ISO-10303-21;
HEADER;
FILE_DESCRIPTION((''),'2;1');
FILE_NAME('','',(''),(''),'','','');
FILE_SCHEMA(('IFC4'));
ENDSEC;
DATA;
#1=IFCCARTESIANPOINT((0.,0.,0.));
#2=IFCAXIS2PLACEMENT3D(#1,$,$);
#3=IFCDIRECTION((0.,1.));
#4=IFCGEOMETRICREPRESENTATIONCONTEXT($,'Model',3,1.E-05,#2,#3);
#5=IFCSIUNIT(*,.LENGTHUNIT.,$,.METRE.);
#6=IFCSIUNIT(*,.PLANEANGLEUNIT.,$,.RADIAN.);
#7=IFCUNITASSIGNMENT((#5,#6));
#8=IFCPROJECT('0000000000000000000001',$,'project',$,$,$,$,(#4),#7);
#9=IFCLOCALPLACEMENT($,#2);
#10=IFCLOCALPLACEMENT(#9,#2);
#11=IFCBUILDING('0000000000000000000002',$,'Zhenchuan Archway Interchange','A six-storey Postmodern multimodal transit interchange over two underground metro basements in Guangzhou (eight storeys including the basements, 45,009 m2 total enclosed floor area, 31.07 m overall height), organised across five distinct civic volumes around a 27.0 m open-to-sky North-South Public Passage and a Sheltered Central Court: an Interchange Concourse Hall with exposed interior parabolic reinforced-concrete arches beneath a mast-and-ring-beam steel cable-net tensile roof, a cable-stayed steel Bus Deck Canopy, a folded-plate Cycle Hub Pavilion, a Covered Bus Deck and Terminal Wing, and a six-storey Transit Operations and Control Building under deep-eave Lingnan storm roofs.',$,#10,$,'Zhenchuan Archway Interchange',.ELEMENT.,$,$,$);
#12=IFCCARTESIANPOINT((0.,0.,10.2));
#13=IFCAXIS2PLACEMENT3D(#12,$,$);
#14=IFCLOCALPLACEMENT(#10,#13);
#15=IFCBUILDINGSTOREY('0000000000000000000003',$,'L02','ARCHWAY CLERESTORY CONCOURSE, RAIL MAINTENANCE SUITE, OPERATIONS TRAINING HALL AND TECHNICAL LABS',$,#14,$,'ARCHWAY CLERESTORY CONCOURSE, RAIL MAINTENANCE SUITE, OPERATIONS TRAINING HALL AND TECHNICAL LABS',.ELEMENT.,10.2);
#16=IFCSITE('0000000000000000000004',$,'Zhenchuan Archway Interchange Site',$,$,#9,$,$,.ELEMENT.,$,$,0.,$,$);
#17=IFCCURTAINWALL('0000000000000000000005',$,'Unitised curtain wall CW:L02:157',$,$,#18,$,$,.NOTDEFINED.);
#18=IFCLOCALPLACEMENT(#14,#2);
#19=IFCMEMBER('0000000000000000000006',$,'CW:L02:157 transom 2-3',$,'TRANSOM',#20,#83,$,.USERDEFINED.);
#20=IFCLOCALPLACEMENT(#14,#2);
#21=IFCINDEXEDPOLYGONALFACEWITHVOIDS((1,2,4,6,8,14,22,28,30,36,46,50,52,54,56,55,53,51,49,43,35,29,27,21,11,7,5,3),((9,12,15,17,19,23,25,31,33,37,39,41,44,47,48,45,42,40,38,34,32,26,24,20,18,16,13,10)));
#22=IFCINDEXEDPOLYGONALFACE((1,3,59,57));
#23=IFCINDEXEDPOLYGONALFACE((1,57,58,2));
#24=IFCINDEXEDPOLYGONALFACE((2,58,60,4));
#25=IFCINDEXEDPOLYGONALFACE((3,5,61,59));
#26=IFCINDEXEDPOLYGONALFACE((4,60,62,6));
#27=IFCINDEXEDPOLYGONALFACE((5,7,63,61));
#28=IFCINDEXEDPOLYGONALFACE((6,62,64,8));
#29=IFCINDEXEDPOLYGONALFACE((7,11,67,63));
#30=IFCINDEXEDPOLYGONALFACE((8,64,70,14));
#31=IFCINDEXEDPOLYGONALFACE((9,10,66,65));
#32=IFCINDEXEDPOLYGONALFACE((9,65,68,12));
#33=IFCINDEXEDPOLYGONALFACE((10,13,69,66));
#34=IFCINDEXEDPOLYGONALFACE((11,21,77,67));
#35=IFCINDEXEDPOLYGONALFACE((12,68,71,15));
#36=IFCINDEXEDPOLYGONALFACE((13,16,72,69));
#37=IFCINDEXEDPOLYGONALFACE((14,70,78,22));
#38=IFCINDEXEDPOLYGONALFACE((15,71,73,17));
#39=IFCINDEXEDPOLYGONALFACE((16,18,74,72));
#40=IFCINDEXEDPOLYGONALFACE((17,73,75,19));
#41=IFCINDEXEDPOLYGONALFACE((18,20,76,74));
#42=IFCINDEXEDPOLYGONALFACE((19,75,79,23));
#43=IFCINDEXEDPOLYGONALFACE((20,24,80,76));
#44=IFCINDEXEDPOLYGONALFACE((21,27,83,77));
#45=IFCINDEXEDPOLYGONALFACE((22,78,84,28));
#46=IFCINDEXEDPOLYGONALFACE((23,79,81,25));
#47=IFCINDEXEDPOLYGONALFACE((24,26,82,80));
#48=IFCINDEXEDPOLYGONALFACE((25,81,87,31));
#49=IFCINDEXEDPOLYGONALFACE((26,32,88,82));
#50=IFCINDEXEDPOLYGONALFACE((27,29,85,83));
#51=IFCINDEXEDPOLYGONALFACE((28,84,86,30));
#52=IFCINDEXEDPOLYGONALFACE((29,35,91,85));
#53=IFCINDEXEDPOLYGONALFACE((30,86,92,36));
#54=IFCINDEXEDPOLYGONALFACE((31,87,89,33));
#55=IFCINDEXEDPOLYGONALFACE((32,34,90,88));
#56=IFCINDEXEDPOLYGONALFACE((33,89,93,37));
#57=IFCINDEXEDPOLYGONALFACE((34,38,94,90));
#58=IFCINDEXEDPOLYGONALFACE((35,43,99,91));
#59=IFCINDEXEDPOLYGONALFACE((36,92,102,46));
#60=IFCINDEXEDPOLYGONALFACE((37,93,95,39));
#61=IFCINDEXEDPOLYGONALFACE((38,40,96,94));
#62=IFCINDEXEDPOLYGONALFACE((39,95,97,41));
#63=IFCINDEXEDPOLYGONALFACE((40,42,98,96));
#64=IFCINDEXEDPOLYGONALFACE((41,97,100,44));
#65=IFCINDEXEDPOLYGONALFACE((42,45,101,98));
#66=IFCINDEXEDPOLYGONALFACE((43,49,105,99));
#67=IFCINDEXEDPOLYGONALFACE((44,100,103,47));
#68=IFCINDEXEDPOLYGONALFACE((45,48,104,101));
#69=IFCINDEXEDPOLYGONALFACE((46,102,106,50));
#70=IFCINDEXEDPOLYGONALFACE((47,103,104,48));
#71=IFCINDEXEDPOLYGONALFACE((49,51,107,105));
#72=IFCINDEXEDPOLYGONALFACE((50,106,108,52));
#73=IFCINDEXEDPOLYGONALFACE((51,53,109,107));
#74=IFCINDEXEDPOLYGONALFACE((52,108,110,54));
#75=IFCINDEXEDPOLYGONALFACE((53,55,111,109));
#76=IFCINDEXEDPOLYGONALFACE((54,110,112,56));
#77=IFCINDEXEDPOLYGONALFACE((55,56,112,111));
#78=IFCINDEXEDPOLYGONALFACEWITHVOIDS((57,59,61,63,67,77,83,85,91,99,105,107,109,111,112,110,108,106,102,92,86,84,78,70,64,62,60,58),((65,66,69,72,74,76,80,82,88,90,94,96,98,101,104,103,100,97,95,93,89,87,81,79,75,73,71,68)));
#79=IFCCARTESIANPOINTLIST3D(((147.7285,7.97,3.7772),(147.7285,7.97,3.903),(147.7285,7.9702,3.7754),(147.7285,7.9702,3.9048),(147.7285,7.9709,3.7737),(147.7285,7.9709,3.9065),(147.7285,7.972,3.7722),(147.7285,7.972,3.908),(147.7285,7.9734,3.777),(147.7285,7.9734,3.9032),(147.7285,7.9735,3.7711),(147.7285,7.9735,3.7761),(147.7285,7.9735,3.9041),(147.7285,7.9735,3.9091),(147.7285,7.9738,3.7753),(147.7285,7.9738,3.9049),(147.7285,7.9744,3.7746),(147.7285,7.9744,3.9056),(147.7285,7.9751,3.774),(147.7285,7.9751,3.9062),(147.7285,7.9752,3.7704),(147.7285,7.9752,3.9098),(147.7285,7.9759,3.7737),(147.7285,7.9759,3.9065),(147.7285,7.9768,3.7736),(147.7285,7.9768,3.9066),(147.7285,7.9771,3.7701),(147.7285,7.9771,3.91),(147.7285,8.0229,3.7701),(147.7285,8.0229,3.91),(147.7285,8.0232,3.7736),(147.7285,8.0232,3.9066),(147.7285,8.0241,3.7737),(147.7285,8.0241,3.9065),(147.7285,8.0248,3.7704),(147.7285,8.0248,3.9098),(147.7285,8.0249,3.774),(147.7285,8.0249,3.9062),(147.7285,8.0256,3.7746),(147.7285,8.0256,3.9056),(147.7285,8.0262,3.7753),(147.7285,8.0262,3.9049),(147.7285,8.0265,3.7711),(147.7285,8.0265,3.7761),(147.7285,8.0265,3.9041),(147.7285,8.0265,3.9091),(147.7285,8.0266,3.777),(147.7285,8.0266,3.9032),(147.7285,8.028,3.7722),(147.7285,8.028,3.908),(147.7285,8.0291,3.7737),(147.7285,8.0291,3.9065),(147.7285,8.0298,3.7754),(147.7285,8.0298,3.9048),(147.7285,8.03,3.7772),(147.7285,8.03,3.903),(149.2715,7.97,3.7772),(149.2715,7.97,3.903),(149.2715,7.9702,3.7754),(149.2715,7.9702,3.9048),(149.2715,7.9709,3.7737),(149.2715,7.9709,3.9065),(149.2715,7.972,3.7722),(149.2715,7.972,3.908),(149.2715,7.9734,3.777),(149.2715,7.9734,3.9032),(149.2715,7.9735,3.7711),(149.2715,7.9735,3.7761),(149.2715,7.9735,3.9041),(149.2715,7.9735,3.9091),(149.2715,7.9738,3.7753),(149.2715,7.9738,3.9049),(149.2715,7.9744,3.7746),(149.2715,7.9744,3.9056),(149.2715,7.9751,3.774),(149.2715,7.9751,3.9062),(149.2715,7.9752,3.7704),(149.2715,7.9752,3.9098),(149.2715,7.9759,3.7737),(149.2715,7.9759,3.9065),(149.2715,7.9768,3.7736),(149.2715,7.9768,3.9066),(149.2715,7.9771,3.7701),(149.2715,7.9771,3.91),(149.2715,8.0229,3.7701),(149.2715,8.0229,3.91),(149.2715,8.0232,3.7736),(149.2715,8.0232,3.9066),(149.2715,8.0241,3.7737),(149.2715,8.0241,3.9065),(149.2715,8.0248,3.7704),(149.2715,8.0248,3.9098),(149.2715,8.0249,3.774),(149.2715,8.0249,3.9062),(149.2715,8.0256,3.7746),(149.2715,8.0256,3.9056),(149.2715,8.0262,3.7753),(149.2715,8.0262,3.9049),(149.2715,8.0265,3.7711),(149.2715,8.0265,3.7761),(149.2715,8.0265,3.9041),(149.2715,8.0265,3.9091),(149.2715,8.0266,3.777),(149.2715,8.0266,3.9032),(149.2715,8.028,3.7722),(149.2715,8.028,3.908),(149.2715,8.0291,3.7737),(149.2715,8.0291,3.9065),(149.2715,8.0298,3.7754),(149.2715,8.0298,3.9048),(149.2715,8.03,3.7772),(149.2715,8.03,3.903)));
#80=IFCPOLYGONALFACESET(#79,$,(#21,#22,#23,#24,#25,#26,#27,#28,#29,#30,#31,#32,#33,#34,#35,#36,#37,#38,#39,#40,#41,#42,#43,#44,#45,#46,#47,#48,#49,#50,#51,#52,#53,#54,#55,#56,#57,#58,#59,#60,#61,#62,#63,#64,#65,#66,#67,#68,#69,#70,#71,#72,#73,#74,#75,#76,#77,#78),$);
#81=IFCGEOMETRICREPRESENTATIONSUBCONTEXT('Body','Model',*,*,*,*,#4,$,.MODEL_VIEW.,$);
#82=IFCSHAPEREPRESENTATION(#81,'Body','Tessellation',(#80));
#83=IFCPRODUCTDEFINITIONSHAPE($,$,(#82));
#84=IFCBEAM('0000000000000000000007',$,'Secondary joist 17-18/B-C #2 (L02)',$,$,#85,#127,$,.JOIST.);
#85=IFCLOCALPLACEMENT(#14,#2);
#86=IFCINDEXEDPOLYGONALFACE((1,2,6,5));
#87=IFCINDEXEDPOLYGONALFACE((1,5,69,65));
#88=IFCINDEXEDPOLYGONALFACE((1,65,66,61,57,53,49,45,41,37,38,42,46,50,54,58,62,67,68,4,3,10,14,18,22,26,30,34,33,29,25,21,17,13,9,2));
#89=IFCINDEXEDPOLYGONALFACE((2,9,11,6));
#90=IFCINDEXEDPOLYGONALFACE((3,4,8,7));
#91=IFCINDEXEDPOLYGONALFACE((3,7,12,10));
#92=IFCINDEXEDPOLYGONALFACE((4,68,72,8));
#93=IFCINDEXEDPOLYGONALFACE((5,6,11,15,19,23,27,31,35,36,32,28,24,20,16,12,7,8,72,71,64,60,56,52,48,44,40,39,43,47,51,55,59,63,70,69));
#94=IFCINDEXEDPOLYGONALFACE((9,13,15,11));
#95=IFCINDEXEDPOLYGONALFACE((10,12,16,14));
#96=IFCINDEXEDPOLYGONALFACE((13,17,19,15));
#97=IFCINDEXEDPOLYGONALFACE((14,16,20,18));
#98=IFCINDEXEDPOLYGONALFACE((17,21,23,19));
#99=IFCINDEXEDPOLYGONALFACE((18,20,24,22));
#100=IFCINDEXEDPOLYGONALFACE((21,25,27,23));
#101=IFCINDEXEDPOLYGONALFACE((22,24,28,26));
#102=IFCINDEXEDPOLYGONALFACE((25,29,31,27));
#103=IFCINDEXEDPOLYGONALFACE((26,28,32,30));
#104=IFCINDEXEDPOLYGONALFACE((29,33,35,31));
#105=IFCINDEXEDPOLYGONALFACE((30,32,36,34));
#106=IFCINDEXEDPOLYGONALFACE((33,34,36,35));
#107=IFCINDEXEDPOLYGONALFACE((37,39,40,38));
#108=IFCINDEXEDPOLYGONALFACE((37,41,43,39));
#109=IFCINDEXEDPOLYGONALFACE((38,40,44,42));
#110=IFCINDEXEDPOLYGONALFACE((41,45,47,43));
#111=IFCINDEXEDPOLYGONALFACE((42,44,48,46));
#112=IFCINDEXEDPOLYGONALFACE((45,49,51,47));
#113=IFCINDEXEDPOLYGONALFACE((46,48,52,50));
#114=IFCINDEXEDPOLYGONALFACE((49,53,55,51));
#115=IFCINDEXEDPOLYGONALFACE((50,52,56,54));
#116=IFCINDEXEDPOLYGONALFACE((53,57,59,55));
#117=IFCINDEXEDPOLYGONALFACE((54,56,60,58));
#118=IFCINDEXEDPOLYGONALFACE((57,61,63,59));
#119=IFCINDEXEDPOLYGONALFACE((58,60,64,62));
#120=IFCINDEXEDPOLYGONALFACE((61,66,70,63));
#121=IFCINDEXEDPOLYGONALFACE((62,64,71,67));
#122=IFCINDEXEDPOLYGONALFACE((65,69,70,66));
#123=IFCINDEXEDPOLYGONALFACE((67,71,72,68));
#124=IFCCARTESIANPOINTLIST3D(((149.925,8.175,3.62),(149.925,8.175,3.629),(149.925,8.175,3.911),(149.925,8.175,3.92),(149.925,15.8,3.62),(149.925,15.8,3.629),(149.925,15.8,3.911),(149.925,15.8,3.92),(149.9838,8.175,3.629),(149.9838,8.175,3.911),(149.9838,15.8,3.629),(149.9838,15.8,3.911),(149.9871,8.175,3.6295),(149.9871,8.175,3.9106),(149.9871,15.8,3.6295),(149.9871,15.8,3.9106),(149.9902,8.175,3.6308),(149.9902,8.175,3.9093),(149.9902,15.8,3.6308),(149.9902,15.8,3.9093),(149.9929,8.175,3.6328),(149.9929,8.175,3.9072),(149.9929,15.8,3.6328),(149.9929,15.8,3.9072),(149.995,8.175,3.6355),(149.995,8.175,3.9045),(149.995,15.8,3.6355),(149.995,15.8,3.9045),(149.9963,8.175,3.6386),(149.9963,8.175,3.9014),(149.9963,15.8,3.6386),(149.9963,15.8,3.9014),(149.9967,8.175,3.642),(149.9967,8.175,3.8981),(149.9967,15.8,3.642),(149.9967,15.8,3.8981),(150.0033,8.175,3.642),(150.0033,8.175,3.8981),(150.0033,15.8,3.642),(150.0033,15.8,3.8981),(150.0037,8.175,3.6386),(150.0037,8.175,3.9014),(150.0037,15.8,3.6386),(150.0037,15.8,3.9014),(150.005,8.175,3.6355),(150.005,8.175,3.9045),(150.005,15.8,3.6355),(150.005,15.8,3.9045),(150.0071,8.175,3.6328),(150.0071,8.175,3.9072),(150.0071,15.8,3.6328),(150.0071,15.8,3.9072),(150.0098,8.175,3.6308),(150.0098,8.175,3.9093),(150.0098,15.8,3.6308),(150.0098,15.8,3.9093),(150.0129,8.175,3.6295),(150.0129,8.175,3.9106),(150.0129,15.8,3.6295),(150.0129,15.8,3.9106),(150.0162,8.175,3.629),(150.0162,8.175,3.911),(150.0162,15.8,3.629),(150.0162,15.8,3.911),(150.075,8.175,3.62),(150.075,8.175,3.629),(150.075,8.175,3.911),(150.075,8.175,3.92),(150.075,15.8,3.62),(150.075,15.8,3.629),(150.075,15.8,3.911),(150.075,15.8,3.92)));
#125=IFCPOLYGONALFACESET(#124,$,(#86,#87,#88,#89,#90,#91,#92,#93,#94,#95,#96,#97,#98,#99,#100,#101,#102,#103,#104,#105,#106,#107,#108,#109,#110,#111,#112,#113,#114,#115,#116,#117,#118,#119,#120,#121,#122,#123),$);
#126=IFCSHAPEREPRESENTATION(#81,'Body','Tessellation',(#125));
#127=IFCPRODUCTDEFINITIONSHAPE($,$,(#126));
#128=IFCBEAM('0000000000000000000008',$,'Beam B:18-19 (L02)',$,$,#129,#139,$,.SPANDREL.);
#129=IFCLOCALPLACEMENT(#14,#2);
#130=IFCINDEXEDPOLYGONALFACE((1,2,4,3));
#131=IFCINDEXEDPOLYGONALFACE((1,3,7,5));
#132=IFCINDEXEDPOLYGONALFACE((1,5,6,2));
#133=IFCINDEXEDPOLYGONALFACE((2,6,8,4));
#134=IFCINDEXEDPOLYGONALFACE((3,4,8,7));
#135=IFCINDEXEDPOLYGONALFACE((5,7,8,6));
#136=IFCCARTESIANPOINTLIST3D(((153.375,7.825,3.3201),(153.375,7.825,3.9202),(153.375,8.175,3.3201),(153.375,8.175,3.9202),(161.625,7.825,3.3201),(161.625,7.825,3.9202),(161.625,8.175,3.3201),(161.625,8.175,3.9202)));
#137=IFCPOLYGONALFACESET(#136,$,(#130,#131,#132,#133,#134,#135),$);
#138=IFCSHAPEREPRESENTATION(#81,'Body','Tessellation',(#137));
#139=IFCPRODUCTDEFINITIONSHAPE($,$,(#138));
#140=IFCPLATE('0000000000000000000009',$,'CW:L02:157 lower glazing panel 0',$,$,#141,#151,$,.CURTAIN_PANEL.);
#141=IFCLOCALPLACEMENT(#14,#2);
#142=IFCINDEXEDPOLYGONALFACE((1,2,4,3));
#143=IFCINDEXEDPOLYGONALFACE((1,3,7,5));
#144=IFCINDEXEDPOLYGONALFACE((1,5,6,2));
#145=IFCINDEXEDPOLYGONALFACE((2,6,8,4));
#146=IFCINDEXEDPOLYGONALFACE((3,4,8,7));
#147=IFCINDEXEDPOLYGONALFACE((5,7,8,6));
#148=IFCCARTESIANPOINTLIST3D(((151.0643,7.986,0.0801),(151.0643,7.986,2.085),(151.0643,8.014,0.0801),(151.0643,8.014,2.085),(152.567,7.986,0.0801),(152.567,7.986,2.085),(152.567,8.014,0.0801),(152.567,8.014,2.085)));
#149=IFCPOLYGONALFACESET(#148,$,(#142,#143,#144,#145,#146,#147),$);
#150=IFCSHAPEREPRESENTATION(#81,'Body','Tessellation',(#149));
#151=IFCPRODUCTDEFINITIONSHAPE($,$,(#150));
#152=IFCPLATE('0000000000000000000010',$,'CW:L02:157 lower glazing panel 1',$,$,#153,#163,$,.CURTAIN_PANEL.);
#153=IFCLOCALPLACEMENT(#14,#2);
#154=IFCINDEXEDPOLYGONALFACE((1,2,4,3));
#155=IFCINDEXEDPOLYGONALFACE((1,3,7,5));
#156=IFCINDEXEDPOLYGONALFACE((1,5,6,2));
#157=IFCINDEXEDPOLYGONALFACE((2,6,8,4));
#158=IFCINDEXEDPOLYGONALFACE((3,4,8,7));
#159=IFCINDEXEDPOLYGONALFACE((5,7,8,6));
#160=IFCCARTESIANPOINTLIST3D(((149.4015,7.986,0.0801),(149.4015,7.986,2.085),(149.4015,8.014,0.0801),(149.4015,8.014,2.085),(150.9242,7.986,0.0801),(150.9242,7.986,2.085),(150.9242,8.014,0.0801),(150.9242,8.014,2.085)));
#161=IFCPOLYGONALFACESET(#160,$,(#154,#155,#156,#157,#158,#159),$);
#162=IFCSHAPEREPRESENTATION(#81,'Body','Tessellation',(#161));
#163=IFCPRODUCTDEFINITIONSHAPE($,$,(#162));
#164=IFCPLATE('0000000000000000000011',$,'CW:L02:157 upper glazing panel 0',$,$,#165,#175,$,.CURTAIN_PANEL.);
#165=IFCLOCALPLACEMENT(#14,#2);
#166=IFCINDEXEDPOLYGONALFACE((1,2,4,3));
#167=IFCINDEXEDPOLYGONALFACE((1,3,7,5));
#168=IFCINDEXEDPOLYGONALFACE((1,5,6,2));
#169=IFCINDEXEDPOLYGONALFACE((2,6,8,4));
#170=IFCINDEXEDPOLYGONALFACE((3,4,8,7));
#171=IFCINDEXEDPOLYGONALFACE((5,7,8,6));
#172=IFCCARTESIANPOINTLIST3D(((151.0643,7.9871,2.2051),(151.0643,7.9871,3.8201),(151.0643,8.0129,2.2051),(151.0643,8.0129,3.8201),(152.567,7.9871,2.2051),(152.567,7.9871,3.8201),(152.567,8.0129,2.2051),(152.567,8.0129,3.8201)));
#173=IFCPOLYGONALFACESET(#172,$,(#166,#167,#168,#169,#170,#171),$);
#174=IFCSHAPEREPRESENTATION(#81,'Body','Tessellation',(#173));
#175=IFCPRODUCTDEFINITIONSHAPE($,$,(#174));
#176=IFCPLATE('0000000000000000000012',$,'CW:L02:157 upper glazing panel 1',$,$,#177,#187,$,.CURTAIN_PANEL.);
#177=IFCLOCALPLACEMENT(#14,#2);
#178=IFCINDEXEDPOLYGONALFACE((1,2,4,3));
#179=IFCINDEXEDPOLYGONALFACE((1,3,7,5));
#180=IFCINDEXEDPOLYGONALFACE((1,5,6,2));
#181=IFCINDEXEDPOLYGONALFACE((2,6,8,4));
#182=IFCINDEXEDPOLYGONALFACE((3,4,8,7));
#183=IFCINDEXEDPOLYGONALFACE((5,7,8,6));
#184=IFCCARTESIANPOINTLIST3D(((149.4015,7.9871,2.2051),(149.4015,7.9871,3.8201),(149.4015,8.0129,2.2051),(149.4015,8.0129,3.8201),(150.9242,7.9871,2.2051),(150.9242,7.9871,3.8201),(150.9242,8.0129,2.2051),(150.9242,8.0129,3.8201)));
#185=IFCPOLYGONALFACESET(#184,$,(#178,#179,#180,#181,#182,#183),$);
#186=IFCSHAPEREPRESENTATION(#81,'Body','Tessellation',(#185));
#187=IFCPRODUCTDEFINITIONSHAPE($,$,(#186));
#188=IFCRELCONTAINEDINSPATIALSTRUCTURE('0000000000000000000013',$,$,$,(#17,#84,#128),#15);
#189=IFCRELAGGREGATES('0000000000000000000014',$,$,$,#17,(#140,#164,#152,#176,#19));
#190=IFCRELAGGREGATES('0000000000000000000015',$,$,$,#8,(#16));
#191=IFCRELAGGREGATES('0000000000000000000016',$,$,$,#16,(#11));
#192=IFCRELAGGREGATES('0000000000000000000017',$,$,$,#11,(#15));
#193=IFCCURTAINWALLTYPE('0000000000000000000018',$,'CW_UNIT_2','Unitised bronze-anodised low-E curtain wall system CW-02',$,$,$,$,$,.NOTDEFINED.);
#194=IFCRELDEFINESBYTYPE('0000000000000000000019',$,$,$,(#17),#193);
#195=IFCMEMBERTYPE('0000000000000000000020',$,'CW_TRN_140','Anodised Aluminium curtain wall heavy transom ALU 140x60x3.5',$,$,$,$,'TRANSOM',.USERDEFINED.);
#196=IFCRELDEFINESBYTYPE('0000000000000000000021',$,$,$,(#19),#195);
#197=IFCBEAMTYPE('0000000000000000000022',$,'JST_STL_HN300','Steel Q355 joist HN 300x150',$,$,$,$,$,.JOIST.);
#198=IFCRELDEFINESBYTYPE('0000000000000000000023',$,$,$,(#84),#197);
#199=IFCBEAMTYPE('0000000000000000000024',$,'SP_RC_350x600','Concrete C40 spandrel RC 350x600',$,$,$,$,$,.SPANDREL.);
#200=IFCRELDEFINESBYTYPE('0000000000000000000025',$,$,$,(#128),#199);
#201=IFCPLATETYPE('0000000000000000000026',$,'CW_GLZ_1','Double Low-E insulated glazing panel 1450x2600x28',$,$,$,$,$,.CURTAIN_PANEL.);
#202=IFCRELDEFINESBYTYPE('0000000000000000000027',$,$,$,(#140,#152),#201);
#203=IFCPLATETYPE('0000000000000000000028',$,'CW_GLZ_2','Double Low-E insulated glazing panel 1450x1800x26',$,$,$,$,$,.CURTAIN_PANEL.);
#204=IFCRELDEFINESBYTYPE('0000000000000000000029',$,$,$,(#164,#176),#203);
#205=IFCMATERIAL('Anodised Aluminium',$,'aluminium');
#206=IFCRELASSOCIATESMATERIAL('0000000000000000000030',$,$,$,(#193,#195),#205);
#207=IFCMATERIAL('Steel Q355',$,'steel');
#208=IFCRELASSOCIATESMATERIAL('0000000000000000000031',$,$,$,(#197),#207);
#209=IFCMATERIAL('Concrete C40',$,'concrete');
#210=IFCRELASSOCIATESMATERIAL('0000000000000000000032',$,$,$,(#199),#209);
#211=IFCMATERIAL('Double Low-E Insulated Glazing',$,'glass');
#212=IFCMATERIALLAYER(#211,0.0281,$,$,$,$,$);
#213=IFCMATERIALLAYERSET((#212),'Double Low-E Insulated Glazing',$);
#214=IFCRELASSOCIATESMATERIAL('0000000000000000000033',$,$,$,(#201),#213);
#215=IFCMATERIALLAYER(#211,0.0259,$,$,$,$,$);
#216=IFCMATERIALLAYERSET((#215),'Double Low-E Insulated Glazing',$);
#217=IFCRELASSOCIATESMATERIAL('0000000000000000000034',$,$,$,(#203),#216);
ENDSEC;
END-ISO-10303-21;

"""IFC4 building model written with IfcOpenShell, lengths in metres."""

from ifc_helpers import new_model, si_unit, direction, frame, origin, origin_2d, place, context, subcontext, project, spatial, rectangle, hollow_rectangle, i_section, extrude, material, layer, layer_set, material_profile, profile_set, type_object, element, aggregate, save


model = new_model("IFC4")

# Units and contexts
model_context = context("Model", 3, precision=1e-05, world=origin(), true_north=direction((0.0, 1.0)))
body_context = subcontext(model_context, "Body", "Model", "MODEL_VIEW")
ifc_project = project(units=[si_unit("LENGTHUNIT", "METRE"), si_unit("PLANEANGLEUNIT", "RADIAN")], contexts=[model_context])

# Site, building, storey
site_placement = place(None, origin())
site = spatial("IfcSite", under=ifc_project, at=site_placement, Name="Zhenchuan Archway Interchange Site", CompositionType="ELEMENT", RefElevation=0.0)
building_placement = place(site_placement, origin())
building = spatial("IfcBuilding", under=site, at=building_placement, Name="Zhenchuan Archway Interchange", Description="A six-storey Postmodern multimodal transit interchange over two underground metro basements in Guangzhou (eight storeys including the basements, 45,009 m2 total enclosed floor area, 31.07 m overall height), organised across five distinct civic volumes around a 27.0 m open-to-sky North-South Public Passage and a Sheltered Central Court: an Interchange Concourse Hall with exposed interior parabolic reinforced-concrete arches beneath a mast-and-ring-beam steel cable-net tensile roof, a cable-stayed steel Bus Deck Canopy, a folded-plate Cycle Hub Pavilion, a Covered Bus Deck and Terminal Wing, and a six-storey Transit Operations and Control Building under deep-eave Lingnan storm roofs.", LongName="Zhenchuan Archway Interchange", CompositionType="ELEMENT")
storey_placement = place(building_placement, frame((0.0, 0.0, 10.2)))
storey = spatial("IfcBuildingStorey", under=building, at=storey_placement, Name="L02", Description="ARCHWAY CLERESTORY CONCOURSE, RAIL MAINTENANCE SUITE, OPERATIONS TRAINING HALL AND TECHNICAL LABS", LongName="ARCHWAY CLERESTORY CONCOURSE, RAIL MAINTENANCE SUITE, OPERATIONS TRAINING HALL AND TECHNICAL LABS", CompositionType="ELEMENT", Elevation=10.2)

# Shared definitions
ifc_material_1 = material(Name="Concrete C40", Category="concrete")

# Curtain wall, member
ifc_material_2 = material(Name="Anodised Aluminium", Category="aluminium")
curtain_wall_type = type_object("IfcCurtainWallType", Name="CW_UNIT_2", Description="Unitised bronze-anodised low-E curtain wall system CW-02", PredefinedType="NOTDEFINED", material=ifc_material_2)
curtain_wall_placement = place(storey_placement, origin())
curtain_wall = element("IfcCurtainWall", 1, at=curtain_wall_placement, inside=storey, type_object=curtain_wall_type, Name="Unitised curtain wall CW:L02:157", PredefinedType="NOTDEFINED")
ifc_material_profile_1 = material_profile(ifc_material_2, hollow_rectangle(XDim=0.0601, YDim=0.1399, WallThickness=0.0034, InnerFilletRadius=0.0034, OuterFilletRadius=0.0071, at=origin_2d()), Name="ALU 140x60x3.5")
ifc_profile_set_1 = profile_set([ifc_material_profile_1], Name="Anodised Aluminium")
member_type_1 = type_object("IfcMemberType", Name="CW_TRN_140", Description="Anodised Aluminium curtain wall heavy transom ALU 140x60x3.5", ElementType="TRANSOM", PredefinedType="USERDEFINED", material=ifc_profile_set_1)
member_1_placement = place(storey_placement, frame((149.2715, 8.0, 3.8401), z_axis=(-1.0, 0.0, 0.0), x_axis=(0.0, -1.0, 0.0)))
member_1 = element("IfcMember", 2, at=member_1_placement, type_object=member_type_1, Name="CW:L02:157 transom 2-3", ObjectType="TRANSOM", PredefinedType="USERDEFINED", context=body_context, shape_type="SweptSolid", body=[
    extrude(hollow_rectangle(XDim=0.0601, YDim=0.1399, WallThickness=0.0034, InnerFilletRadius=0.0034, OuterFilletRadius=0.0071, at=origin_2d()), origin(), (0.0, 0.0, 1.0), 1.543),
])

# Beams
ifc_material_3 = material(Name="Steel Q355", Category="steel")
ifc_material_profile_2 = material_profile(ifc_material_3, i_section(OverallWidth=0.1499, OverallDepth=0.3, WebThickness=0.0066, FlangeThickness=0.009, FilletRadius=0.0129, at=origin_2d()), Name="HN 300x150")
ifc_profile_set_2 = profile_set([ifc_material_profile_2], Name="Steel Q355")
beam_type_1 = type_object("IfcBeamType", Name="JST_STL_HN300", Description="Steel Q355 joist HN 300x150", PredefinedType="JOIST", material=ifc_profile_set_2)
beam_1_placement = place(storey_placement, frame((150.0, 8.175, 3.77), z_axis=(0.0, 1.0, 0.0), x_axis=(-1.0, 0.0, 0.0)))
element("IfcBeam", 3, at=beam_1_placement, inside=storey, type_object=beam_type_1, Name="Secondary joist 17-18/B-C #2 (L02)", PredefinedType="JOIST", context=body_context, shape_type="SweptSolid", body=[
    extrude(i_section(OverallWidth=0.1499, OverallDepth=0.3, WebThickness=0.0066, FlangeThickness=0.009, FilletRadius=0.0129, at=origin_2d()), origin(), (0.0, 0.0, 1.0), 7.625),
])
ifc_material_profile_3 = material_profile(ifc_material_1, rectangle(XDim=0.3501, YDim=0.6001, at=origin_2d()), Name="RC 350x600")
ifc_profile_set_3 = profile_set([ifc_material_profile_3], Name="Concrete C40")
beam_type_2 = type_object("IfcBeamType", Name="SP_RC_350x600", Description="Concrete C40 spandrel RC 350x600", PredefinedType="SPANDREL", material=ifc_profile_set_3)
beam_2_placement = place(storey_placement, frame((153.375, 8.0, 3.6201), z_axis=(1.0, 0.0, 0.0), x_axis=(0.0, 1.0, 0.0)))
element("IfcBeam", 4, at=beam_2_placement, inside=storey, type_object=beam_type_2, Name="Beam B:18-19 (L02)", PredefinedType="SPANDREL", context=body_context, shape_type="SweptSolid", body=[
    extrude(rectangle(XDim=0.3501, YDim=0.6001, at=origin_2d()), origin(), (0.0, 0.0, 1.0), 8.25),
])

# Plates
ifc_material_4 = material(Name="Double Low-E Insulated Glazing", Category="glass")
ifc_layer_1 = layer(ifc_material_4, 0.0281)
ifc_layer_set_1 = layer_set([ifc_layer_1], Name="Double Low-E Insulated Glazing")
plate_type_1 = type_object("IfcPlateType", Name="CW_GLZ_1", Description="Double Low-E insulated glazing panel 1450x2600x28", PredefinedType="CURTAIN_PANEL", material=ifc_layer_set_1)
plate_1_placement = place(storey_placement, frame((151.8157, 8.0, 0.0801), z_axis=(0.0, 0.0, 1.0), x_axis=(-1.0, 0.0, 0.0)))
plate_1 = element("IfcPlate", 5, at=plate_1_placement, type_object=plate_type_1, Name="CW:L02:157 lower glazing panel 0", PredefinedType="CURTAIN_PANEL", context=body_context, shape_type="SweptSolid", body=[
    extrude(rectangle(XDim=1.5027, YDim=0.0281, at=origin_2d()), origin(), (0.0, 0.0, 1.0), 2.0049),
])
plate_2_placement = place(storey_placement, frame((150.1628, 8.0, 0.0801), z_axis=(0.0, 0.0, 1.0), x_axis=(-1.0, 0.0, 0.0)))
plate_2 = element("IfcPlate", 6, at=plate_2_placement, type_object=plate_type_1, Name="CW:L02:157 lower glazing panel 1", PredefinedType="CURTAIN_PANEL", context=body_context, shape_type="SweptSolid", body=[
    extrude(rectangle(XDim=1.5227, YDim=0.0281, at=origin_2d()), origin(), (0.0, 0.0, 1.0), 2.0049),
])
ifc_layer_2 = layer(ifc_material_4, 0.0259)
ifc_layer_set_2 = layer_set([ifc_layer_2], Name="Double Low-E Insulated Glazing")
plate_type_2 = type_object("IfcPlateType", Name="CW_GLZ_2", Description="Double Low-E insulated glazing panel 1450x1800x26", PredefinedType="CURTAIN_PANEL", material=ifc_layer_set_2)
plate_3_placement = place(storey_placement, frame((151.8157, 8.0, 2.2051), z_axis=(0.0, 0.0, 1.0), x_axis=(-1.0, 0.0, 0.0)))
plate_3 = element("IfcPlate", 7, at=plate_3_placement, type_object=plate_type_2, Name="CW:L02:157 upper glazing panel 0", PredefinedType="CURTAIN_PANEL", context=body_context, shape_type="SweptSolid", body=[
    extrude(rectangle(XDim=1.5027, YDim=0.0259, at=origin_2d()), origin(), (0.0, 0.0, 1.0), 1.615),
])
plate_4_placement = place(storey_placement, frame((150.1628, 8.0, 2.2051), z_axis=(0.0, 0.0, 1.0), x_axis=(-1.0, 0.0, 0.0)))
plate_4 = element("IfcPlate", 8, at=plate_4_placement, type_object=plate_type_2, Name="CW:L02:157 upper glazing panel 1", PredefinedType="CURTAIN_PANEL", context=body_context, shape_type="SweptSolid", body=[
    extrude(rectangle(XDim=1.5227, YDim=0.0259, at=origin_2d()), origin(), (0.0, 0.0, 1.0), 1.615),
])
aggregate(curtain_wall, [plate_1, plate_3, plate_2, plate_4, member_1])

save(model, "model.ifc")
